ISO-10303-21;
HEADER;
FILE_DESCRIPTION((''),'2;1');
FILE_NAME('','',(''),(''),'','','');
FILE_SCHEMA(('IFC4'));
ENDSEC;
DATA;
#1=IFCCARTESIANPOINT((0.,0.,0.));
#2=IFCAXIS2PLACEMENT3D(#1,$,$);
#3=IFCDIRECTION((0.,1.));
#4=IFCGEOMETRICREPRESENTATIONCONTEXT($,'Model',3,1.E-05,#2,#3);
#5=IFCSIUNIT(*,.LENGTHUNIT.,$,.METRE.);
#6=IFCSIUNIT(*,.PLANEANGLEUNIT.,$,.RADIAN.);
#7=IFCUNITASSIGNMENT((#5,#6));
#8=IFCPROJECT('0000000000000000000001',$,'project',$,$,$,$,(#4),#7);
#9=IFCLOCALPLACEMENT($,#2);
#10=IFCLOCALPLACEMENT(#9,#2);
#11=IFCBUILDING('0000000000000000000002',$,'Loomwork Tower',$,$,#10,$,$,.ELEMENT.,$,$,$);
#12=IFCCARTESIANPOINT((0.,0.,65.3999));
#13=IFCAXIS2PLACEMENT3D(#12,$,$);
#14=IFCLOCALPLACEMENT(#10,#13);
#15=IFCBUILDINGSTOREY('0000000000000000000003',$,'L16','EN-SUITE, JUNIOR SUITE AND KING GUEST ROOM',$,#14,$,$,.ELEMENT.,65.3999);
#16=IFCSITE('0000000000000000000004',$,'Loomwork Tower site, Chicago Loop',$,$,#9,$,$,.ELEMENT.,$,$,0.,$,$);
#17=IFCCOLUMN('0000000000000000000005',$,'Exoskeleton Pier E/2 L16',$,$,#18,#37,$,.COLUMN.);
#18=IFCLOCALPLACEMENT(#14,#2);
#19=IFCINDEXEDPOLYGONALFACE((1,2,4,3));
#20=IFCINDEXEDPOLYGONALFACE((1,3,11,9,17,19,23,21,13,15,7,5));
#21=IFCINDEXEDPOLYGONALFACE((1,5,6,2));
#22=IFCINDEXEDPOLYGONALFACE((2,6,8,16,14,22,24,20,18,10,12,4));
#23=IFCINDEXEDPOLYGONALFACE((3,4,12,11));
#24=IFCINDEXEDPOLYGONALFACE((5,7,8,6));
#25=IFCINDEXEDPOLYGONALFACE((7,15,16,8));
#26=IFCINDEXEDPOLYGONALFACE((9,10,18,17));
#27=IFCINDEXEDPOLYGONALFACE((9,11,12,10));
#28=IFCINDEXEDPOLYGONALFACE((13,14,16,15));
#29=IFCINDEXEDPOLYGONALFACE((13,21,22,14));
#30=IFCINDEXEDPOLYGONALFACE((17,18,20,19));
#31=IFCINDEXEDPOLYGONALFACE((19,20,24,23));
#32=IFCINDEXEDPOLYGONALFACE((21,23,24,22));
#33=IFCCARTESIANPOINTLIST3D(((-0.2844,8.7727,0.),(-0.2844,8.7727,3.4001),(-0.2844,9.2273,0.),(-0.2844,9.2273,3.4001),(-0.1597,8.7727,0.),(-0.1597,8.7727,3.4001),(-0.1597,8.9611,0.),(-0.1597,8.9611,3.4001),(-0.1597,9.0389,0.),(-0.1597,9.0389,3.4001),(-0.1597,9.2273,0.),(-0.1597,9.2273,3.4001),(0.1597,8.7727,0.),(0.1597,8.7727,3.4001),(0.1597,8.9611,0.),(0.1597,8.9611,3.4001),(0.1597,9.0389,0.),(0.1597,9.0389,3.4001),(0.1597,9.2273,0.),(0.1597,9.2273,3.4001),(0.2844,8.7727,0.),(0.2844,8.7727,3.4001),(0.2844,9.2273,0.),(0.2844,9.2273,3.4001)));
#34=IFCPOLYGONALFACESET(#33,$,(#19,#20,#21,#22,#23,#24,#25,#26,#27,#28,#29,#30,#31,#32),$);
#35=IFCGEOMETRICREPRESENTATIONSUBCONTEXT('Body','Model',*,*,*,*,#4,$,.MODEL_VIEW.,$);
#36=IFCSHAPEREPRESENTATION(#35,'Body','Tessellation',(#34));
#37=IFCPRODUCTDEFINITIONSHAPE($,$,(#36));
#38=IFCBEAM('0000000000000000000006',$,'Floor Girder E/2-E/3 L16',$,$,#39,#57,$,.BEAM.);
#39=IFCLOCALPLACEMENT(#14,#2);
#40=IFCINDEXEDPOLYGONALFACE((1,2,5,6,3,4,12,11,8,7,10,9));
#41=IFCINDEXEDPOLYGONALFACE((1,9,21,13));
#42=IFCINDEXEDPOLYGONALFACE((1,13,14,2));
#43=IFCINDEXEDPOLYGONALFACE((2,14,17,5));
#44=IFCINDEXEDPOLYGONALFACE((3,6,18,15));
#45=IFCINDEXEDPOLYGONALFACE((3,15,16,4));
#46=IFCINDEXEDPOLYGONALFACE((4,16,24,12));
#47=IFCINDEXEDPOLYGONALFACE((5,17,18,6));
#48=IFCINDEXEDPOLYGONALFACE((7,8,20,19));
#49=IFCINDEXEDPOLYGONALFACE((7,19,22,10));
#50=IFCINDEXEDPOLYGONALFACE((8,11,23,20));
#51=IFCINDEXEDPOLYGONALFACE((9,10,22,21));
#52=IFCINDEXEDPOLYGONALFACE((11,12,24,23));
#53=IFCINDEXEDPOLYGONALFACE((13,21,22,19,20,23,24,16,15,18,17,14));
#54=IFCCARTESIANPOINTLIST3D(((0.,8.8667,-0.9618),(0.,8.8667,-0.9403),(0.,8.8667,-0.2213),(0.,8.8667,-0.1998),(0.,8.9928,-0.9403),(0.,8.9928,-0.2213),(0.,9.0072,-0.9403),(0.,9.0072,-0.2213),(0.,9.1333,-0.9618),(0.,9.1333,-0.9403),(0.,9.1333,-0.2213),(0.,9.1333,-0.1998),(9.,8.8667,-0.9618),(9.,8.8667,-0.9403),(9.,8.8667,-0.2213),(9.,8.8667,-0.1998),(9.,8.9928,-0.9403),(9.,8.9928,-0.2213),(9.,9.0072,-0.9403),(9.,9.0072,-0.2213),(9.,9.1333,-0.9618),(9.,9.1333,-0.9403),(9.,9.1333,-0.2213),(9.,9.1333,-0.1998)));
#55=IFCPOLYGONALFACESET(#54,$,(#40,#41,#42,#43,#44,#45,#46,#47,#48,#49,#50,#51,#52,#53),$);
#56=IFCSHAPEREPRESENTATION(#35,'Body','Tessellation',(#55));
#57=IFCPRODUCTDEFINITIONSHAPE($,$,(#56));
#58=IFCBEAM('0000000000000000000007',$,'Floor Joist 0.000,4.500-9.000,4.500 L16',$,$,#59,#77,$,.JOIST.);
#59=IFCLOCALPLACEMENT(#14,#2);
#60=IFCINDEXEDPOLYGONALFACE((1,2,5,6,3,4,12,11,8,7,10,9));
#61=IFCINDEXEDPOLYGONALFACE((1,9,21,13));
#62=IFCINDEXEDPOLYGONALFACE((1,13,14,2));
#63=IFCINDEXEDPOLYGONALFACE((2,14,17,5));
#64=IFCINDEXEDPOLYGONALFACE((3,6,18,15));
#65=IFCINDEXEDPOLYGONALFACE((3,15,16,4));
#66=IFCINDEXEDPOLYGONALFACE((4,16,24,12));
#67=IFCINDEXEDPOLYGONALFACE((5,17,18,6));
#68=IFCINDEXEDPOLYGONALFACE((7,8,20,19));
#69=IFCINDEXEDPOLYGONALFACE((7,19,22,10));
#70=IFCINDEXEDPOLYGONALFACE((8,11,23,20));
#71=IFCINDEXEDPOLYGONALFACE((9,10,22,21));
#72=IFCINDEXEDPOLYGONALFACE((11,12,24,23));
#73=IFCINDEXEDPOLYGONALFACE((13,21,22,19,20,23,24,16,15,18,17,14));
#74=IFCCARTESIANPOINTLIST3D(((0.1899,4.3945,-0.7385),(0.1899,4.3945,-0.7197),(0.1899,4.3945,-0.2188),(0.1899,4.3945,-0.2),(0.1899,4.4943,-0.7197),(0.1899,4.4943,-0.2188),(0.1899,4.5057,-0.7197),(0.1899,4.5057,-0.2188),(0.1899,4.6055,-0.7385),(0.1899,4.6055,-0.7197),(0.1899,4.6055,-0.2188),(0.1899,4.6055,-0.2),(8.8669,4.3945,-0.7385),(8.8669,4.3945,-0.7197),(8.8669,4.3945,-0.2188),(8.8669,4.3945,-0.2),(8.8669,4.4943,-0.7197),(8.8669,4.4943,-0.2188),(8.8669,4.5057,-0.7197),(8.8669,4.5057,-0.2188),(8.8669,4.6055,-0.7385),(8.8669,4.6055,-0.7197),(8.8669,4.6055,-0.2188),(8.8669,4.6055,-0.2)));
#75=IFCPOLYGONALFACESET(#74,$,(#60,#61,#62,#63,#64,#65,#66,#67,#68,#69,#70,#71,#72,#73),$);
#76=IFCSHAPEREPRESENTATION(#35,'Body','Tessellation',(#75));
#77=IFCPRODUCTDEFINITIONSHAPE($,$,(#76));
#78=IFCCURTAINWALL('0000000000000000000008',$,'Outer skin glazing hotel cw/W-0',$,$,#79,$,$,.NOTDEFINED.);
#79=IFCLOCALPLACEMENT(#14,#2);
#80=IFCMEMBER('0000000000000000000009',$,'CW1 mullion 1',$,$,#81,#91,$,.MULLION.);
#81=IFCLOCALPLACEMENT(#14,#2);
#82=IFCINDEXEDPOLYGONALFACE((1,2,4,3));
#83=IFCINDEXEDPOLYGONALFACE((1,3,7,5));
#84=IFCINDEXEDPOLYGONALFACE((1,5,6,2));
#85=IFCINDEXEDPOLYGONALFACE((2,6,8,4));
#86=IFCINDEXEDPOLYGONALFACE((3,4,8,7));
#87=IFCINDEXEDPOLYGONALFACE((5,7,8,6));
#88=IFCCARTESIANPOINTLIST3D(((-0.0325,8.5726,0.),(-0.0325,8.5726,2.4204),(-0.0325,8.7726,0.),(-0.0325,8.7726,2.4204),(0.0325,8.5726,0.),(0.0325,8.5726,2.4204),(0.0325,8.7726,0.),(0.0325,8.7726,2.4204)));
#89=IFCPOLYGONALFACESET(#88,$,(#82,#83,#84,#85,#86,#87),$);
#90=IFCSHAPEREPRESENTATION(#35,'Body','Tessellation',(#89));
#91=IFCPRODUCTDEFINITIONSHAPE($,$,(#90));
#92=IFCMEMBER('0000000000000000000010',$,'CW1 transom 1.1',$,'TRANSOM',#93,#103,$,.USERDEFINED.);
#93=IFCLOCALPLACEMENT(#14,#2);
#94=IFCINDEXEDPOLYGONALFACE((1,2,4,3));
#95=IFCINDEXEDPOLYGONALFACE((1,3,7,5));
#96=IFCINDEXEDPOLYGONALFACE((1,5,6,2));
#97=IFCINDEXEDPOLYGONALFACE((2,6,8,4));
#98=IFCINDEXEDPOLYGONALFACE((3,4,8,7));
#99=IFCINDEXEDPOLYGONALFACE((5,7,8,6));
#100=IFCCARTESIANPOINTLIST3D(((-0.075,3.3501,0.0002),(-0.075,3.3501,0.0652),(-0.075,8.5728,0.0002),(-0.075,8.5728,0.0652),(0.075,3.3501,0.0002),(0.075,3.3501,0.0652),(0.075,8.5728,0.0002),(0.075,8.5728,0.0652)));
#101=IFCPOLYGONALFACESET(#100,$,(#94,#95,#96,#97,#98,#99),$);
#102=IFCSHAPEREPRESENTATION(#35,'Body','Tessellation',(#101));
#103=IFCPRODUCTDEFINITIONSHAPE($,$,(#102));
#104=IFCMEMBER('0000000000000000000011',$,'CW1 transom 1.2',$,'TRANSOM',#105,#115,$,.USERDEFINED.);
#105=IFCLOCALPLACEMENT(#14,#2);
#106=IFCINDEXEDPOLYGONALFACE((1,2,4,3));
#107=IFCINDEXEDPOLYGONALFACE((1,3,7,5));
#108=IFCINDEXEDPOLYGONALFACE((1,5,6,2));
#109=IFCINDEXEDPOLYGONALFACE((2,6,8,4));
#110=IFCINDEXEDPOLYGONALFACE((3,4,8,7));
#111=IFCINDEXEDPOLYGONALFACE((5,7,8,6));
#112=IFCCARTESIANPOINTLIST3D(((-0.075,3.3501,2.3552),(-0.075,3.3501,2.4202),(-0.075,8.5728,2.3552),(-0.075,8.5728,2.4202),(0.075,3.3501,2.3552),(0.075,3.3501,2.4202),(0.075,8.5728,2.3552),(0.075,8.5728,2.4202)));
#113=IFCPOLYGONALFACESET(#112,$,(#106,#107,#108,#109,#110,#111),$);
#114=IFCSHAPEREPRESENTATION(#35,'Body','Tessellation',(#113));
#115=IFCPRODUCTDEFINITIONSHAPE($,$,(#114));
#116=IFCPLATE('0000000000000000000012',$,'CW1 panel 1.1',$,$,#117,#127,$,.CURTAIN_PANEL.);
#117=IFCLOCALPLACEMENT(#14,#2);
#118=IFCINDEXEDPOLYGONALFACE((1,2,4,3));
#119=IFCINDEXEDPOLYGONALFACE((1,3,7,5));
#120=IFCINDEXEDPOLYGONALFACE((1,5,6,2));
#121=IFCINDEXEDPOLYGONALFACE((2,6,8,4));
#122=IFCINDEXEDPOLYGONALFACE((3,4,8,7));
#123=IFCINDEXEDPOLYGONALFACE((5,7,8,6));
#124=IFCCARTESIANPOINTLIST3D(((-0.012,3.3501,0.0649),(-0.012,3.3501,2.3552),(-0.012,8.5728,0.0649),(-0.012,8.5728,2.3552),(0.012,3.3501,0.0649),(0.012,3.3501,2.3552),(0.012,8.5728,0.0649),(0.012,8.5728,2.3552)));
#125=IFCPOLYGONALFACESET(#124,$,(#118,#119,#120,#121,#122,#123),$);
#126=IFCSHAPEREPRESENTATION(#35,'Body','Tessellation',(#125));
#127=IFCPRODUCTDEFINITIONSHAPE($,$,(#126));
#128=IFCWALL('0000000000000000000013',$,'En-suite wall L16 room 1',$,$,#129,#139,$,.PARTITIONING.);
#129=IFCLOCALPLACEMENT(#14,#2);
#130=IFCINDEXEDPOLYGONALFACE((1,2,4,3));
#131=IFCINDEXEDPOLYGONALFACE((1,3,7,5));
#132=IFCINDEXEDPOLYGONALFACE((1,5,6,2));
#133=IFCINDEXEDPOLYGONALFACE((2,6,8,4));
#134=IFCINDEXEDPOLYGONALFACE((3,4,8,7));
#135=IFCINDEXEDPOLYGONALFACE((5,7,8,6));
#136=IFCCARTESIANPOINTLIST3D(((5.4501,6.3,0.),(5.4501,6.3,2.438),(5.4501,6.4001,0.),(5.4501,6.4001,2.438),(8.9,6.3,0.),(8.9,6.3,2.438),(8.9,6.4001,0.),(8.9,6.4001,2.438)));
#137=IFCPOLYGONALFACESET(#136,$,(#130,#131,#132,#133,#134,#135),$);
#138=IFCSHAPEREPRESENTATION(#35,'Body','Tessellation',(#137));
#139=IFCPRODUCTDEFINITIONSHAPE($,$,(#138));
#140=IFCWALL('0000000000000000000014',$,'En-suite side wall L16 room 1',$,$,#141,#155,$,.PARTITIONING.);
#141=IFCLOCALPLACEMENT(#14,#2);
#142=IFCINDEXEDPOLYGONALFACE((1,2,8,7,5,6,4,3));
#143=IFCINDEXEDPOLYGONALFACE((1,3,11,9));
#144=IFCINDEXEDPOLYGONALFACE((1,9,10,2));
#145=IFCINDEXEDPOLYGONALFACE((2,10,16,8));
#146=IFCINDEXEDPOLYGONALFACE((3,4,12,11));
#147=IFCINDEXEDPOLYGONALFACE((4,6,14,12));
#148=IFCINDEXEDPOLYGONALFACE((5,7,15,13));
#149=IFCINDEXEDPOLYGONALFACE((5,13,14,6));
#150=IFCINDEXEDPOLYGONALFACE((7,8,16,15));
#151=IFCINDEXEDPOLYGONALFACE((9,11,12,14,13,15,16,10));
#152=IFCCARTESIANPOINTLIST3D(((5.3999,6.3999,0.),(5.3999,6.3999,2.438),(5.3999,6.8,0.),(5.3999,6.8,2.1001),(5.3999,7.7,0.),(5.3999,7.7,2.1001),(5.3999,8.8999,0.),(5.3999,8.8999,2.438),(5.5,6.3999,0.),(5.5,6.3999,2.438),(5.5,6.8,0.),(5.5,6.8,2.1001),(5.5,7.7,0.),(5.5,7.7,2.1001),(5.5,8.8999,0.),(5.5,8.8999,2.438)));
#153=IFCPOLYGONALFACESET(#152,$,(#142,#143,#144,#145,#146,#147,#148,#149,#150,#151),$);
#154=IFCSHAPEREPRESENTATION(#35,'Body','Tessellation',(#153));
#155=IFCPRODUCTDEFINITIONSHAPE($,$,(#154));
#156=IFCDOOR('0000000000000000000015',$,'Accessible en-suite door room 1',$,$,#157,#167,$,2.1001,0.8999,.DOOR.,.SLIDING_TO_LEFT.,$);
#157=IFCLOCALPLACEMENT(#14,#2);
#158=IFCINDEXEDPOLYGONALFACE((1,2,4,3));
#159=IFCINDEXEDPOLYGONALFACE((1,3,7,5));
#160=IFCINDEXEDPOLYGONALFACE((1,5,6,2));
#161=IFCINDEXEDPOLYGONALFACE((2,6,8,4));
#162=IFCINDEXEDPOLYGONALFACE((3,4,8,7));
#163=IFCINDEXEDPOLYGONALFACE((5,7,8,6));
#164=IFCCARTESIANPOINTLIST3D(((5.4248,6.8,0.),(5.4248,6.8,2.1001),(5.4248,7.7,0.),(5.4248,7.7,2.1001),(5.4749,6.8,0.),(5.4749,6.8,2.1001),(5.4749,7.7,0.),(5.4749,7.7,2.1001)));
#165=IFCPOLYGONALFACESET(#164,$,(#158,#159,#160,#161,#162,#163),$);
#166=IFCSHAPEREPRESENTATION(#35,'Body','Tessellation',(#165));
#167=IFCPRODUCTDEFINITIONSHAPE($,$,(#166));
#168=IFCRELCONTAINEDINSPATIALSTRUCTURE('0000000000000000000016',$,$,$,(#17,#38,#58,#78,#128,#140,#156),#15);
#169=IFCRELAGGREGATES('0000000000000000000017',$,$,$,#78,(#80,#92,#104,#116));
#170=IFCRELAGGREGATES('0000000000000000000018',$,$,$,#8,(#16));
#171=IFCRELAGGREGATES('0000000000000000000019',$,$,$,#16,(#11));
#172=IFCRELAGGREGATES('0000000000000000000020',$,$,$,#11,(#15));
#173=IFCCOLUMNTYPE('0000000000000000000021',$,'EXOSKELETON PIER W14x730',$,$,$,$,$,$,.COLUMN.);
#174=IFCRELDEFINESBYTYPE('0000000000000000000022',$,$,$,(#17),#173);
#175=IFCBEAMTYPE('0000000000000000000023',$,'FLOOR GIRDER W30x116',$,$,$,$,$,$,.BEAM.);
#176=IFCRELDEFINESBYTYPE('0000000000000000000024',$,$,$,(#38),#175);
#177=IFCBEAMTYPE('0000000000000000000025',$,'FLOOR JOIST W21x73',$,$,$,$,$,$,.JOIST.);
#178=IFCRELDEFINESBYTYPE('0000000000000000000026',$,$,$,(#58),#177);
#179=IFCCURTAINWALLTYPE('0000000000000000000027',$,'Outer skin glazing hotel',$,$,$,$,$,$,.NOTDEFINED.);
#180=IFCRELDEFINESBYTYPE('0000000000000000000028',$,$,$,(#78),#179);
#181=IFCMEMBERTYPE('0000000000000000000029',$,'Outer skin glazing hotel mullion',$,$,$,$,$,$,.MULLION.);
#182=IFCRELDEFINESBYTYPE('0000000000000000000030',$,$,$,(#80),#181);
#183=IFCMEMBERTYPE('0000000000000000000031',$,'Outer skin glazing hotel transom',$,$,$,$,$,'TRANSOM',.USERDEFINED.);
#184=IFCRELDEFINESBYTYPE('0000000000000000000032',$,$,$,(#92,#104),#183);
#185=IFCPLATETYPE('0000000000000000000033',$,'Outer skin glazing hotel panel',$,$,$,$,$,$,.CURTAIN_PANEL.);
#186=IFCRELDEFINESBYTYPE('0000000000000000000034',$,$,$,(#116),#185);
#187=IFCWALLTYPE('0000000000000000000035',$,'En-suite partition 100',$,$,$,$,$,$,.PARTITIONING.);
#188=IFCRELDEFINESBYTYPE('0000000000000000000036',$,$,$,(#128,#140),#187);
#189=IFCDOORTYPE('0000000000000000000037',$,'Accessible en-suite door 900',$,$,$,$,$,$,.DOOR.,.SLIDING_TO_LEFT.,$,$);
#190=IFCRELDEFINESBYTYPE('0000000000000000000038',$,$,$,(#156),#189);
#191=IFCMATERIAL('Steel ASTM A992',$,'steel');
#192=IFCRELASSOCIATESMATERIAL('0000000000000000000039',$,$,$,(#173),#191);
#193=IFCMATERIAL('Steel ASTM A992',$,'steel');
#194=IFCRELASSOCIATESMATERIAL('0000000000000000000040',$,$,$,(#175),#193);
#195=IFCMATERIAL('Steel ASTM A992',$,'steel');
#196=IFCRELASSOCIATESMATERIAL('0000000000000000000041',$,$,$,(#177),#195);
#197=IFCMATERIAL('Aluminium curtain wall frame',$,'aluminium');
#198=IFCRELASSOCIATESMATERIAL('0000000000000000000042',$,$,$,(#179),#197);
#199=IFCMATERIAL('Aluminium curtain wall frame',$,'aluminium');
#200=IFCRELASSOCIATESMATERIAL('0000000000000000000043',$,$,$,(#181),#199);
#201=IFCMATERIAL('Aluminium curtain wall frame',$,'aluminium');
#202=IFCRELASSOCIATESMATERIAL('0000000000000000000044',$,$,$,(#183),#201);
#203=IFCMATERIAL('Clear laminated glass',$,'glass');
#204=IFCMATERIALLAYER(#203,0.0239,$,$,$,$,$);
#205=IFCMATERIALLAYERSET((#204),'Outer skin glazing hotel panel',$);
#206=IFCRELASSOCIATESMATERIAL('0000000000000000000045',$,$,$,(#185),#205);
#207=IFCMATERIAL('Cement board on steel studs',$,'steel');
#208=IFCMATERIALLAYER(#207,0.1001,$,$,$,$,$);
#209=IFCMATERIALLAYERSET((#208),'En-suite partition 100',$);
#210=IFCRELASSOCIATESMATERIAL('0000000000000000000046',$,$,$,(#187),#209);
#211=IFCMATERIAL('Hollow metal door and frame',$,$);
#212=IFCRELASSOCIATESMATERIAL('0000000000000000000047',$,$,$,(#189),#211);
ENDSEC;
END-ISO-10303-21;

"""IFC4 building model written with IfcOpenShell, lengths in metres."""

from ifc_helpers import new_model, si_unit, direction, frame, frame_2d, origin, origin_2d, place, context, subcontext, project, spatial, rectangle, i_section, extrude, material, layer, layer_set, material_profile, profile_set, type_object, element, fill, aggregate, save


model = new_model("IFC4")

# Units and contexts
model_context = context("Model", 3, precision=1e-05, world=origin(), true_north=direction((0.0, 1.0)))
body_context = subcontext(model_context, "Body", "Model", "MODEL_VIEW")
ifc_project = project(units=[si_unit("LENGTHUNIT", "METRE"), si_unit("PLANEANGLEUNIT", "RADIAN")], contexts=[model_context])

# Site, building, storey
site_placement = place(None, origin())
site = spatial("IfcSite", under=ifc_project, at=site_placement, Name="Loomwork Tower site, Chicago Loop", CompositionType="ELEMENT", RefElevation=0.0)
building_placement = place(site_placement, origin())
building = spatial("IfcBuilding", under=site, at=building_placement, Name="Loomwork Tower", CompositionType="ELEMENT")
storey_placement = place(building_placement, frame((0.0, 0.0, 65.3999)))
storey = spatial("IfcBuildingStorey", under=building, at=storey_placement, Name="L16", Description="EN-SUITE, JUNIOR SUITE AND KING GUEST ROOM", CompositionType="ELEMENT", Elevation=65.3999)

# Column
ifc_material_1 = material(Name="Steel ASTM A992", Category="steel")
ifc_material_profile_1 = material_profile(ifc_material_1, i_section(OverallWidth=0.4546, OverallDepth=0.5688, WebThickness=0.0779, FlangeThickness=0.1248, at=origin_2d()), Name="W14x730")
ifc_profile_set_1 = profile_set([ifc_material_profile_1], Name="Steel ASTM A992")
column_type = type_object("IfcColumnType", Name="EXOSKELETON PIER W14x730", PredefinedType="COLUMN", material=ifc_profile_set_1)
column_placement = place(storey_placement, frame((0.0, 9.0, 0.0), z_axis=(0.0, 0.0, 1.0), x_axis=(0.0, 1.0, 0.0)))
element("IfcColumn", 1, at=column_placement, inside=storey, type_object=column_type, Name="Exoskeleton Pier E/2 L16", PredefinedType="COLUMN", context=body_context, shape_type="SweptSolid", body=[
    extrude(i_section(OverallWidth=0.4546, OverallDepth=0.5688, WebThickness=0.0779, FlangeThickness=0.1248, at=origin_2d()), origin(), (0.0, 0.0, 1.0), 3.4001),
])

# Beams
ifc_material_2 = material(Name="Steel ASTM A992", Category="steel")
ifc_material_profile_2 = material_profile(ifc_material_2, i_section(OverallWidth=0.2666, OverallDepth=0.762, WebThickness=0.0144, FlangeThickness=0.0215, at=origin_2d()), Name="W30x116")
ifc_profile_set_2 = profile_set([ifc_material_profile_2], Name="Steel ASTM A992")
beam_type_1 = type_object("IfcBeamType", Name="FLOOR GIRDER W30x116", PredefinedType="BEAM", material=ifc_profile_set_2)
beam_1_placement = place(storey_placement, frame((0.0, 9.0, -0.5808), z_axis=(1.0, 0.0, 0.0), x_axis=(0.0, 1.0, 0.0)))
element("IfcBeam", 2, at=beam_1_placement, inside=storey, type_object=beam_type_1, Name="Floor Girder E/2-E/3 L16", PredefinedType="BEAM", context=body_context, shape_type="SweptSolid", body=[
    extrude(i_section(OverallWidth=0.2666, OverallDepth=0.762, WebThickness=0.0144, FlangeThickness=0.0215, at=origin_2d()), origin(), (0.0, 0.0, 1.0), 9.0),
])
ifc_material_3 = material(Name="Steel ASTM A992", Category="steel")
ifc_material_profile_3 = material_profile(ifc_material_3, i_section(OverallWidth=0.2109, OverallDepth=0.5386, WebThickness=0.0115, FlangeThickness=0.0188, at=origin_2d()), Name="W21x73")
ifc_profile_set_3 = profile_set([ifc_material_profile_3], Name="Steel ASTM A992")
beam_type_2 = type_object("IfcBeamType", Name="FLOOR JOIST W21x73", PredefinedType="JOIST", material=ifc_profile_set_3)
beam_2_placement = place(storey_placement, frame((0.1899, 4.5, -0.4692), z_axis=(1.0, 0.0, 0.0), x_axis=(0.0, 1.0, 0.0)))
element("IfcBeam", 3, at=beam_2_placement, inside=storey, type_object=beam_type_2, Name="Floor Joist 0.000,4.500-9.000,4.500 L16", PredefinedType="JOIST", context=body_context, shape_type="SweptSolid", body=[
    extrude(i_section(OverallWidth=0.2109, OverallDepth=0.5386, WebThickness=0.0115, FlangeThickness=0.0188, at=origin_2d()), origin(), (0.0, 0.0, 1.0), 8.677),
])

# Curtain wall, members, plate
ifc_material_4 = material(Name="Aluminium curtain wall frame", Category="aluminium")
curtain_wall_type = type_object("IfcCurtainWallType", Name="Outer skin glazing hotel", PredefinedType="NOTDEFINED", material=ifc_material_4)
curtain_wall_placement = place(storey_placement, origin())
curtain_wall = element("IfcCurtainWall", 4, at=curtain_wall_placement, inside=storey, type_object=curtain_wall_type, Name="Outer skin glazing hotel cw/W-0", PredefinedType="NOTDEFINED")
ifc_material_5 = material(Name="Aluminium curtain wall frame", Category="aluminium")
ifc_material_profile_4 = material_profile(ifc_material_5, rectangle(XDim=0.0649, YDim=0.2, at=origin_2d()), Name="AL 65x200")
ifc_profile_set_4 = profile_set([ifc_material_profile_4], Name="Aluminium curtain wall frame")
member_type_1 = type_object("IfcMemberType", Name="Outer skin glazing hotel mullion", PredefinedType="MULLION", material=ifc_profile_set_4)
member_1_placement = place(storey_placement, frame((0.0, 8.6726, 0.0), z_axis=(0.0, 0.0, 1.0), x_axis=(1.0, 0.0, 0.0)))
member_1 = element("IfcMember", 5, at=member_1_placement, type_object=member_type_1, Name="CW1 mullion 1", PredefinedType="MULLION", context=body_context, shape_type="SweptSolid", body=[
    extrude(rectangle(XDim=0.0649, YDim=0.2, at=origin_2d()), origin(), (0.0, 0.0, 1.0), 2.4204),
])
ifc_material_6 = material(Name="Aluminium curtain wall frame", Category="aluminium")
ifc_material_profile_5 = material_profile(ifc_material_6, rectangle(XDim=0.1499, YDim=0.0649, at=origin_2d()), Name="AL 65x150")
ifc_profile_set_5 = profile_set([ifc_material_profile_5], Name="Aluminium curtain wall frame")
member_type_2 = type_object("IfcMemberType", Name="Outer skin glazing hotel transom", ElementType="TRANSOM", PredefinedType="USERDEFINED", material=ifc_profile_set_5)
member_2_placement = place(storey_placement, frame((0.0, 8.5728, 0.0327), z_axis=(0.0, -1.0, 0.0), x_axis=(1.0, 0.0, 0.0)))
member_2 = element("IfcMember", 6, at=member_2_placement, type_object=member_type_2, Name="CW1 transom 1.1", ObjectType="TRANSOM", PredefinedType="USERDEFINED", context=body_context, shape_type="SweptSolid", body=[
    extrude(rectangle(XDim=0.1499, YDim=0.0649, at=origin_2d()), origin(), (0.0, 0.0, 1.0), 5.2227),
])
member_3_placement = place(storey_placement, frame((0.0, 8.5728, 2.3877), z_axis=(0.0, -1.0, 0.0), x_axis=(1.0, 0.0, 0.0)))
member_3 = element("IfcMember", 7, at=member_3_placement, type_object=member_type_2, Name="CW1 transom 1.2", ObjectType="TRANSOM", PredefinedType="USERDEFINED", context=body_context, shape_type="SweptSolid", body=[
    extrude(rectangle(XDim=0.1499, YDim=0.0649, at=origin_2d()), origin(), (0.0, 0.0, 1.0), 5.2227),
])
ifc_material_7 = material(Name="Clear laminated glass", Category="glass")
ifc_layer_1 = layer(ifc_material_7, 0.0239)
ifc_layer_set_1 = layer_set([ifc_layer_1], Name="Outer skin glazing hotel panel")
plate_type = type_object("IfcPlateType", Name="Outer skin glazing hotel panel", PredefinedType="CURTAIN_PANEL", material=ifc_layer_set_1)
plate_placement = place(storey_placement, frame((0.0, 5.9614, 0.0649), z_axis=(0.0, 0.0, 1.0), x_axis=(0.0, -1.0, 0.0)))
plate = element("IfcPlate", 8, at=plate_placement, type_object=plate_type, Name="CW1 panel 1.1", PredefinedType="CURTAIN_PANEL", context=body_context, shape_type="SweptSolid", body=[
    extrude(rectangle(XDim=5.2227, YDim=0.0239, at=origin_2d()), origin(), (0.0, 0.0, 1.0), 2.2903),
])
aggregate(curtain_wall, [member_1, member_2, member_3, plate])

# Wall
ifc_material_8 = material(Name="Cement board on steel studs", Category="steel")
ifc_layer_2 = layer(ifc_material_8, 0.1001)
ifc_layer_set_2 = layer_set([ifc_layer_2], Name="En-suite partition 100")
wall_type_1 = type_object("IfcWallType", Name="En-suite partition 100", PredefinedType="PARTITIONING", material=ifc_layer_set_2)
wall_1_placement = place(storey_placement, frame((5.45, 6.3501, 0.0), z_axis=(0.0, 0.0, 1.0), x_axis=(1.0, 0.0, 0.0)))
element("IfcWall", 9, at=wall_1_placement, inside=storey, type_object=wall_type_1, Name="En-suite wall L16 room 1", PredefinedType="PARTITIONING", context=body_context, shape_type="SweptSolid", body=[
    extrude(rectangle(XDim=3.45, YDim=0.1001, at=frame_2d((1.7251, 0.0))), origin(), (0.0, 0.0, 1.0), 2.438),
])

# Wall, opening, door
wall_2_placement = place(storey_placement, frame((5.45, 8.8999, 0.0), z_axis=(0.0, 0.0, 1.0), x_axis=(0.0, -1.0, 0.0)))
wall_2 = element("IfcWall", 10, at=wall_2_placement, inside=storey, type_object=wall_type_1, Name="En-suite side wall L16 room 1", PredefinedType="PARTITIONING", context=body_context, shape_type="SweptSolid", body=[
    extrude(rectangle(XDim=2.5, YDim=0.1001, at=frame_2d((1.25, 0.0))), origin(), (0.0, 0.0, 1.0), 2.438),
])
opening_placement = place(wall_2_placement, frame((1.2, 0.0, 0.0)))
opening = element("IfcOpeningElement", 11, at=opening_placement, cuts=wall_2, PredefinedType="OPENING", context=body_context, shape_type="SweptSolid", body=[
    extrude(rectangle(XDim=0.8999, YDim=2.1001, at=frame_2d((0.45, 1.05))), frame((0.0, 0.0601, 0.0), z_axis=(0.0, -1.0, 0.0), x_axis=(1.0, 0.0, 0.0)), (0.0, 0.0, 1.0), 0.1201),
])
ifc_material_9 = material(Name="Hollow metal door and frame")
door_type = type_object("IfcDoorType", Name="Accessible en-suite door 900", OperationType="SLIDING_TO_LEFT", PredefinedType="DOOR", material=ifc_material_9)
door_placement = place(opening_placement, origin())
door = element("IfcDoor", 12, at=door_placement, inside=storey, type_object=door_type, Name="Accessible en-suite door room 1", OperationType="SLIDING_TO_LEFT", OverallHeight=2.1001, OverallWidth=0.8999, PredefinedType="DOOR", context=body_context, shape_type="SweptSolid", body=[
    extrude(rectangle(XDim=0.8999, YDim=2.1001, at=frame_2d((0.45, 1.05))), frame((0.0, 0.0249, 0.0), z_axis=(0.0, -1.0, 0.0), x_axis=(1.0, 0.0, 0.0)), (0.0, 0.0, 1.0), 0.05),
])
fill(opening, door)

save(model, "model.ifc")
